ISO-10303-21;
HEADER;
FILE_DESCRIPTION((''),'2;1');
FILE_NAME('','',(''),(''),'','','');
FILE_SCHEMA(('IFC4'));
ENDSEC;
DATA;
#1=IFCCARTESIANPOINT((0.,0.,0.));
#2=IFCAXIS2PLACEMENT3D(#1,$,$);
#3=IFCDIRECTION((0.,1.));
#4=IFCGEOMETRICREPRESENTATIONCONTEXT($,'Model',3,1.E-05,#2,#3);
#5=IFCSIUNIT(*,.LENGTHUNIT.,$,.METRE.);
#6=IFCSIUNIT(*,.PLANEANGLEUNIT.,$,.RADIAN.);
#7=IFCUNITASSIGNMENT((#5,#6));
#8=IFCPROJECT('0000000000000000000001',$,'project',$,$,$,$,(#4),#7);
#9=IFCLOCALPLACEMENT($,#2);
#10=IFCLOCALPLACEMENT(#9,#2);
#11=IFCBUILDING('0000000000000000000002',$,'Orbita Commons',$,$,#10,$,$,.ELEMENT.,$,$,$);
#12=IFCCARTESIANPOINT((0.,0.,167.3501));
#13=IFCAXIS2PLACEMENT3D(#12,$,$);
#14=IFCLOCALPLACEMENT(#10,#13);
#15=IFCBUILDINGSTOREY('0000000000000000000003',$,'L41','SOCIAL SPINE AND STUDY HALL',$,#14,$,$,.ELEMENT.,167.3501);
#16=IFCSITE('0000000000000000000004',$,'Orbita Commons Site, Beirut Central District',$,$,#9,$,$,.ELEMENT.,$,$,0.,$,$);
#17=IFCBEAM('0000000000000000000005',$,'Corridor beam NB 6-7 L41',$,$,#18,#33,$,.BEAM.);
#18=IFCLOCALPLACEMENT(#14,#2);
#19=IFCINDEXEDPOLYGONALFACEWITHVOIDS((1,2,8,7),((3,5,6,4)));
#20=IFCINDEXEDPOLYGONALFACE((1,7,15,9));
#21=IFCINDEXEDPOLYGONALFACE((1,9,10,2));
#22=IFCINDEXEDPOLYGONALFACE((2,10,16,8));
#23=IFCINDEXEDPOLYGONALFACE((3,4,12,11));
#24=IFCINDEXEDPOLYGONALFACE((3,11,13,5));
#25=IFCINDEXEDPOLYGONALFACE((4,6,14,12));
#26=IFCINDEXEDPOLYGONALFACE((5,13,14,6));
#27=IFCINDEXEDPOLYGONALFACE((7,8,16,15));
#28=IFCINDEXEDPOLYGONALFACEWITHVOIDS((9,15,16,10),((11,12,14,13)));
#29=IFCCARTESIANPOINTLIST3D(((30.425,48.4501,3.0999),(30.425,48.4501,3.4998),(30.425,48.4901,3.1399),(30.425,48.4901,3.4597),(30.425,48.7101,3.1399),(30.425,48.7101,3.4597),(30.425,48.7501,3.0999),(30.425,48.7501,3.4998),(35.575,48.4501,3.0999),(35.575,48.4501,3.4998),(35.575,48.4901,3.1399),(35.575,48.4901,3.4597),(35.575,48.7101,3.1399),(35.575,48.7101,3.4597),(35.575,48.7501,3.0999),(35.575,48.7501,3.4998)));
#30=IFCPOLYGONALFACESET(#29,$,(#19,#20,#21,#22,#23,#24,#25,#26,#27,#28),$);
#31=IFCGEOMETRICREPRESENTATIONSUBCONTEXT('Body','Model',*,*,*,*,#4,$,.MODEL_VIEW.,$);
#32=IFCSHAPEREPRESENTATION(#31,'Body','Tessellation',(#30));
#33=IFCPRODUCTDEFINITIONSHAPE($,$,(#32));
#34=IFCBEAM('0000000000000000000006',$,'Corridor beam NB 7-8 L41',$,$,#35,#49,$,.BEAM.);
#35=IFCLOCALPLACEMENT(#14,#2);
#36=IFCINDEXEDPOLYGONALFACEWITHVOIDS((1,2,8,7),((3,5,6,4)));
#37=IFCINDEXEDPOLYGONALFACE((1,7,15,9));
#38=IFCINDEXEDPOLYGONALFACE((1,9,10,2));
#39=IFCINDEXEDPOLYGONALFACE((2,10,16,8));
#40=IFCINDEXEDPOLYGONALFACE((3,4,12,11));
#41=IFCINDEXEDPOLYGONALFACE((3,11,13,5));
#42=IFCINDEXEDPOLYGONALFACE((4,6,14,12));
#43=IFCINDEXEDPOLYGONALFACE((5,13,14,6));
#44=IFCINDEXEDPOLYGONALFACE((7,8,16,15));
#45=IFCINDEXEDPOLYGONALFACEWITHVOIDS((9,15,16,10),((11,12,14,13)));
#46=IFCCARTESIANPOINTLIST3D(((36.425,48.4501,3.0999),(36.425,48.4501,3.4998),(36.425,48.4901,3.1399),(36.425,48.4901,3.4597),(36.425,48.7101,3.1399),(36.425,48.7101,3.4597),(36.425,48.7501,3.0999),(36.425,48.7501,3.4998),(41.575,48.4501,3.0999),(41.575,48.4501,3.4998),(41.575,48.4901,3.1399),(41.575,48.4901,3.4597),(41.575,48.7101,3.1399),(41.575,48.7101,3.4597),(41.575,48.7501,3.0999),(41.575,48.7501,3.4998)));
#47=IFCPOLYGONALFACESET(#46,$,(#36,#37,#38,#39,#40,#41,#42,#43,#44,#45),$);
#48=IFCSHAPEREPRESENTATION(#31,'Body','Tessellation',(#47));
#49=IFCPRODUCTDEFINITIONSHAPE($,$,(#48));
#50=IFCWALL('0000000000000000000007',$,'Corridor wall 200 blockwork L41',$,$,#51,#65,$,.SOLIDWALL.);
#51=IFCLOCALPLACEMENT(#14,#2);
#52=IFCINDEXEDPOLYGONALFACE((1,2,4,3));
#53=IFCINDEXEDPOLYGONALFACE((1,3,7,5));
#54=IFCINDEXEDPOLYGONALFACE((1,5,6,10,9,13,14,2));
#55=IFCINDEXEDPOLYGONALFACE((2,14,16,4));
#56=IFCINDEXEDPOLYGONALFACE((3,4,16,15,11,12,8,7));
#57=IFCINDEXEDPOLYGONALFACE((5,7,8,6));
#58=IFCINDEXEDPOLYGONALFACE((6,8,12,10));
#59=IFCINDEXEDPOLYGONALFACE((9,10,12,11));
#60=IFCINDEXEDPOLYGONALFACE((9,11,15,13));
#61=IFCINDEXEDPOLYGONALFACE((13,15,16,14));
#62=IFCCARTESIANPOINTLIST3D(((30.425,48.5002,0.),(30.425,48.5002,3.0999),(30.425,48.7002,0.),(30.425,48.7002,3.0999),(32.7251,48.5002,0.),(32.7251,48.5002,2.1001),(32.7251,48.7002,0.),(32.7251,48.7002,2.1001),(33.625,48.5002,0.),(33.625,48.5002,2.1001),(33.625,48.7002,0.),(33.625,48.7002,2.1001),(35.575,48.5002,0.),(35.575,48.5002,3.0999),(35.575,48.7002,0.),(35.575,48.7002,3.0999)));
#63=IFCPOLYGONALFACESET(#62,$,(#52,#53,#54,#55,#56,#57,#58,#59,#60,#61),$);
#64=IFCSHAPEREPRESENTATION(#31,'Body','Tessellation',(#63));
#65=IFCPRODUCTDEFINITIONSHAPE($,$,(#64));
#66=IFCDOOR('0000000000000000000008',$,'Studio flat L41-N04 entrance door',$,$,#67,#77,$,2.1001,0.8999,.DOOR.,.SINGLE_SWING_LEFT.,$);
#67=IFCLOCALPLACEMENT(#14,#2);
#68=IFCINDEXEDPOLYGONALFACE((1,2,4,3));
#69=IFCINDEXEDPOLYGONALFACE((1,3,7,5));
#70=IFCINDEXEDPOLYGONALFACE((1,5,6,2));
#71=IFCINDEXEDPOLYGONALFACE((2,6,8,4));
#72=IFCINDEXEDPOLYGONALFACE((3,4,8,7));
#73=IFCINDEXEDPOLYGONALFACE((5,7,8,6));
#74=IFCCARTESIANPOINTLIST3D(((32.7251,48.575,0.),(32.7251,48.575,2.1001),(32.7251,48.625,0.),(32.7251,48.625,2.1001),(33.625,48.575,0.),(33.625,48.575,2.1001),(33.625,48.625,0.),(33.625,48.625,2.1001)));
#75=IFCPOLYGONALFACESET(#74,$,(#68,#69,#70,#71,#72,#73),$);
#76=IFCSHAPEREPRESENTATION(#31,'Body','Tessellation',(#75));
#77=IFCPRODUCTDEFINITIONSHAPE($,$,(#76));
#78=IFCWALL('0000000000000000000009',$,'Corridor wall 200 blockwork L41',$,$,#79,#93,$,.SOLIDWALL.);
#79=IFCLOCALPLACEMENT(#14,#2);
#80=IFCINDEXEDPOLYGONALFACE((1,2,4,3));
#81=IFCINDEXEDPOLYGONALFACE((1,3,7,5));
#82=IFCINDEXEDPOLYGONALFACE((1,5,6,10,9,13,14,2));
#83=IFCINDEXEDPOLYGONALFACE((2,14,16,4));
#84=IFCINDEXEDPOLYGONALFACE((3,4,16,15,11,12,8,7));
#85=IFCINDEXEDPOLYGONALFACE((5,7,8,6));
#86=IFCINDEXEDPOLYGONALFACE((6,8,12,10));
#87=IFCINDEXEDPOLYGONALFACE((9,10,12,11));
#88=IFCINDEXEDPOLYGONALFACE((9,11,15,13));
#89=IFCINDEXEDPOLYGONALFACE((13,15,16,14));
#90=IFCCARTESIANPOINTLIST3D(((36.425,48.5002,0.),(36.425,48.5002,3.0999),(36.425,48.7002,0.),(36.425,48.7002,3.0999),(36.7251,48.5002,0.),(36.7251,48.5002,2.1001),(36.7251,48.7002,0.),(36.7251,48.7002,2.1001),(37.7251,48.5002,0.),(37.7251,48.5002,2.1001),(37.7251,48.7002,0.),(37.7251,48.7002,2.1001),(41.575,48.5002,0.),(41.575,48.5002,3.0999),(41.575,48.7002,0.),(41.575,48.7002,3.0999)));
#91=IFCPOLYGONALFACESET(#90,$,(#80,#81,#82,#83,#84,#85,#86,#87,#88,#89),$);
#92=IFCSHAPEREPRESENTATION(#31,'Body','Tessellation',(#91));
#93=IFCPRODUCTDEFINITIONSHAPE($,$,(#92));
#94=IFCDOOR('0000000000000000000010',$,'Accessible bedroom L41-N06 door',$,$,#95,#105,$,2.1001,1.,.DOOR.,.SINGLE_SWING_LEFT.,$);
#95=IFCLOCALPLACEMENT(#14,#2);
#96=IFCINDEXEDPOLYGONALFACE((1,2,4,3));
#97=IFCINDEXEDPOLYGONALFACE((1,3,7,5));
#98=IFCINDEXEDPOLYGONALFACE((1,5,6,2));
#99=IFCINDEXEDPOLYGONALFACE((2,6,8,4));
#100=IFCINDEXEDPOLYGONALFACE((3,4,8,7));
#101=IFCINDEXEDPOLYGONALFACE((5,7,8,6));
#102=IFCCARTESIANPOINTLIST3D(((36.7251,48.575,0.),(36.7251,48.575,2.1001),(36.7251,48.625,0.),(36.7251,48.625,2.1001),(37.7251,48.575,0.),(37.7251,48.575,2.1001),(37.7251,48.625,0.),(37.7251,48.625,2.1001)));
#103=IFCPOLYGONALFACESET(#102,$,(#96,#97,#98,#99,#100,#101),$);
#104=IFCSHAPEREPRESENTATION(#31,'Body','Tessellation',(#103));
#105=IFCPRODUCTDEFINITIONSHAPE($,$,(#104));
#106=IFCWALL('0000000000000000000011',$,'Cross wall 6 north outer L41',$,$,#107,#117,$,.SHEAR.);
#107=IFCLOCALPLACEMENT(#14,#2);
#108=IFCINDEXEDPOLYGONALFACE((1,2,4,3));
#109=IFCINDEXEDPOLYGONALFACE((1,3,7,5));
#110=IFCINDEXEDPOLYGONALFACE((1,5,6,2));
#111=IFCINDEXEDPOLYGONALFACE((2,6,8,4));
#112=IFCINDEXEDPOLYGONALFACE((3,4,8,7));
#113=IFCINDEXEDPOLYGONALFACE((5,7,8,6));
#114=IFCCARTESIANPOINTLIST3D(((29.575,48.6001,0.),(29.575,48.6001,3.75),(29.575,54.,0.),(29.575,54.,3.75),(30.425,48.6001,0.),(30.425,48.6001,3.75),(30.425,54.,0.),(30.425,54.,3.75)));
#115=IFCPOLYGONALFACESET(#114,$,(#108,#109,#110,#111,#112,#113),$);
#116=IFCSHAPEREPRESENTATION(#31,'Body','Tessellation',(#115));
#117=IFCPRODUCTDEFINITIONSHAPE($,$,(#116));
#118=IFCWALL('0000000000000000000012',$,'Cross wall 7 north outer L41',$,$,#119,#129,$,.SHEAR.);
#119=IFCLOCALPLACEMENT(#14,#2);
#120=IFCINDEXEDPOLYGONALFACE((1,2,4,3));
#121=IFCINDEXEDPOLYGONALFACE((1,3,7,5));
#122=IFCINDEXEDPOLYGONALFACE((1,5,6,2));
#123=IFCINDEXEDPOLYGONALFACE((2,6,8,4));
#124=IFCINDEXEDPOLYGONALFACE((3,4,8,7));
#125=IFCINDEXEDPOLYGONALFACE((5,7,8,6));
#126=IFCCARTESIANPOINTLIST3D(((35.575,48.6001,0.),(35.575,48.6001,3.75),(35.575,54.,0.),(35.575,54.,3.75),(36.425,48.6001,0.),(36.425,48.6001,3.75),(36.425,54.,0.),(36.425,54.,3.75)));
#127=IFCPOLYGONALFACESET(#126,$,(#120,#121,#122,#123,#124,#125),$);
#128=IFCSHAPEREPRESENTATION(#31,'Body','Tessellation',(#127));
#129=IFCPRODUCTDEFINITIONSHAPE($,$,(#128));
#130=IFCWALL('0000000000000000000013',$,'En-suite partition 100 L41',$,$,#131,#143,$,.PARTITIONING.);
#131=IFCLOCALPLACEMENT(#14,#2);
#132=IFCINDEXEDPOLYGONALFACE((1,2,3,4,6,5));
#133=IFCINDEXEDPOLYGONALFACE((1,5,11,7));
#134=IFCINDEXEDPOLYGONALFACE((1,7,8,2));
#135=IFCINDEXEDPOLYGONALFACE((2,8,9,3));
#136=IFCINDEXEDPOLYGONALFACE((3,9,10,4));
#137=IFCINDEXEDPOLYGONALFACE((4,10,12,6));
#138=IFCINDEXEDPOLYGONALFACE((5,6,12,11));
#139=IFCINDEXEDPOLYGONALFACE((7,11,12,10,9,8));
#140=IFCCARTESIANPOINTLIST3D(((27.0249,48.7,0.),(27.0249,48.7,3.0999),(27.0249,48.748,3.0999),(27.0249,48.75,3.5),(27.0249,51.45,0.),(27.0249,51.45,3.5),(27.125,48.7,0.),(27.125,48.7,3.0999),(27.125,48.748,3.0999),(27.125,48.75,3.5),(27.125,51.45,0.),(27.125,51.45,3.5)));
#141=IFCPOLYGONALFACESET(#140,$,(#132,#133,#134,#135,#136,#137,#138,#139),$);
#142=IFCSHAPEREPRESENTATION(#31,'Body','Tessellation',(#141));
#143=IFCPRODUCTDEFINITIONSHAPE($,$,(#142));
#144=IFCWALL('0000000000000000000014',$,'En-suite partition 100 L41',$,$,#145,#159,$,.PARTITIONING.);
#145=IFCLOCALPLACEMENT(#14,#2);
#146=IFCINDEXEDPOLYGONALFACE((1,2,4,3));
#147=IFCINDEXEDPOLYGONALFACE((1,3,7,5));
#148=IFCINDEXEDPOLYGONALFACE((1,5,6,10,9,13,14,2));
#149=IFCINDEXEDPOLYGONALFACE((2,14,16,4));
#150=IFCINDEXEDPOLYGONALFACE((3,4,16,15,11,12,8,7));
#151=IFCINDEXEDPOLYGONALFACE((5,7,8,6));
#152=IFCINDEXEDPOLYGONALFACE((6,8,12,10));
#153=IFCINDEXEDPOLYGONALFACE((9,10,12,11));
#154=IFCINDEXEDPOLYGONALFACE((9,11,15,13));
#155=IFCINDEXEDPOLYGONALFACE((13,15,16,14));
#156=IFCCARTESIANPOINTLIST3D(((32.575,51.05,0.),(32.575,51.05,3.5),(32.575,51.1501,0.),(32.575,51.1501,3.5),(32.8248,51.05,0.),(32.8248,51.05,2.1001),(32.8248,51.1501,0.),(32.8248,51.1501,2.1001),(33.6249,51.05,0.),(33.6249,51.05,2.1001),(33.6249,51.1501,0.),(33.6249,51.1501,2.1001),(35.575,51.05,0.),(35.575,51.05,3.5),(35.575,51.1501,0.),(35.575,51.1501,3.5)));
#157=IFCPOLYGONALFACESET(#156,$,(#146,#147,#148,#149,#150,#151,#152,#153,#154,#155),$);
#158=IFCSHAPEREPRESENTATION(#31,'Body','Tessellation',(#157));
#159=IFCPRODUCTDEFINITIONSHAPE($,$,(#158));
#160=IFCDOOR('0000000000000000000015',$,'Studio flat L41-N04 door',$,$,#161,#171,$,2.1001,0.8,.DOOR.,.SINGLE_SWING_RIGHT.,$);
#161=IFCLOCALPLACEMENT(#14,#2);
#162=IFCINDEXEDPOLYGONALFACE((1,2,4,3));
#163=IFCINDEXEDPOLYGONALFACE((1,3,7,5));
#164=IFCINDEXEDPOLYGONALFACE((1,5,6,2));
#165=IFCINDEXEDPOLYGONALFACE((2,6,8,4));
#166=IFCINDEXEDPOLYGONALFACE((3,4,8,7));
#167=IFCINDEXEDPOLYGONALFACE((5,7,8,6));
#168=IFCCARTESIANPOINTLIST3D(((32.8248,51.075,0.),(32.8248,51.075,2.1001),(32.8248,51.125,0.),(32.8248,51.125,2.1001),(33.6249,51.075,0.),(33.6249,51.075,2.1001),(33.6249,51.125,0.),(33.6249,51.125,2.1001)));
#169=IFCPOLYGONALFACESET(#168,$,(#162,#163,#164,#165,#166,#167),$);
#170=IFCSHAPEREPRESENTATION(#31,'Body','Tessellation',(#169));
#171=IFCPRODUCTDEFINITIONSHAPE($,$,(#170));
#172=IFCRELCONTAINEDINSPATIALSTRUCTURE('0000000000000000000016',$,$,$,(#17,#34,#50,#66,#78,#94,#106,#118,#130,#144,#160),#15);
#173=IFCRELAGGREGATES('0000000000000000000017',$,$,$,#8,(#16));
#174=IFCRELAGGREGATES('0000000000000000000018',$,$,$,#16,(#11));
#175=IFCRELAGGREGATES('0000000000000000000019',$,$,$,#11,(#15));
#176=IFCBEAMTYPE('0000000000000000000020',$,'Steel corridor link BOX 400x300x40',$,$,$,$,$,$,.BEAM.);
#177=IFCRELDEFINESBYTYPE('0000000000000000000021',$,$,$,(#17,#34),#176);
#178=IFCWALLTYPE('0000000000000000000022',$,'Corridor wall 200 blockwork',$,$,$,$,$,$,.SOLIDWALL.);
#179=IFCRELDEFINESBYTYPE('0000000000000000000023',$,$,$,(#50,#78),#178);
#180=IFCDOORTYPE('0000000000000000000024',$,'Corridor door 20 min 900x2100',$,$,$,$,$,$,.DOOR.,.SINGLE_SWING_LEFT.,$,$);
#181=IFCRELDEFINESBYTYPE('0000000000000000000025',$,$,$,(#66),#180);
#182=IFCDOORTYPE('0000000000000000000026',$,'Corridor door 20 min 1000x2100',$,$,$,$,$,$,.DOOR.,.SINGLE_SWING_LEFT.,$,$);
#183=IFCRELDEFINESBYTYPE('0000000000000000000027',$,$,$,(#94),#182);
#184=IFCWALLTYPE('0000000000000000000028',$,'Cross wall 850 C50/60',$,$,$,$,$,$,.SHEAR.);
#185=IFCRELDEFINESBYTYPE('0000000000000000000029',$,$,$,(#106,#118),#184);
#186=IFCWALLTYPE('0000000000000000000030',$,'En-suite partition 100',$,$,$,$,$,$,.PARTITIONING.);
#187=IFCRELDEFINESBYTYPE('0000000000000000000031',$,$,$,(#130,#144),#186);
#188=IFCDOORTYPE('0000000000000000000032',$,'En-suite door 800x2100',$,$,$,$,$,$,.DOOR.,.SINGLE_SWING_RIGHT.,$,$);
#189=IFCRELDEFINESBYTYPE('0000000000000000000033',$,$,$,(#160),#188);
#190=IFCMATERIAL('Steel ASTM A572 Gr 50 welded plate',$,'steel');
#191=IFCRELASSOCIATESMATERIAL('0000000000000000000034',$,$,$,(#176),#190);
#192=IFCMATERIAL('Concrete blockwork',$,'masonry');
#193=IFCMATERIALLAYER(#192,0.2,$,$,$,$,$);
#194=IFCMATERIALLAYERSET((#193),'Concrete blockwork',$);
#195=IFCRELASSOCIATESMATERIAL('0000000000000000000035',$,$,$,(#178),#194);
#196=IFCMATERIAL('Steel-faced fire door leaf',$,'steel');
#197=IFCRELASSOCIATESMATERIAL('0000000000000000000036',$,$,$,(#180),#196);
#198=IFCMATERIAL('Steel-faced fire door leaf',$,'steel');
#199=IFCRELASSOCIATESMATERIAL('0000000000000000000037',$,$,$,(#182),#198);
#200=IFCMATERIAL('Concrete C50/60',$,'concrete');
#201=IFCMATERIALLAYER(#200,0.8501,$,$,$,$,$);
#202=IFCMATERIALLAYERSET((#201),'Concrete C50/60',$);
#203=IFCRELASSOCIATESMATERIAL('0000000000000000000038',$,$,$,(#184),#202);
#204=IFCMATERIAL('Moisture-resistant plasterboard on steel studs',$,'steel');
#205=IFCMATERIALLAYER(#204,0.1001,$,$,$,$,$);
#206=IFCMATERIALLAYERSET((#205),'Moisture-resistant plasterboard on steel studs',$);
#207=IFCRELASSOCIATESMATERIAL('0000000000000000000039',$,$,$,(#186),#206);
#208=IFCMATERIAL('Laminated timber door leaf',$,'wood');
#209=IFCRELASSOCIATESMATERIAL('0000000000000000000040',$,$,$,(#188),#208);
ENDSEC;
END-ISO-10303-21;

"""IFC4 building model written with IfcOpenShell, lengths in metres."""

from ifc_helpers import new_model, si_unit, direction, frame, frame_2d, origin, origin_2d, place, context, subcontext, project, spatial, polyline, rectangle, hollow_rectangle, outline, extrude, material, layer, layer_set, material_profile, profile_set, type_object, element, fill, save


model = new_model("IFC4")

# Units and contexts
model_context = context("Model", 3, precision=1e-05, world=origin(), true_north=direction((0.0, 1.0)))
body_context = subcontext(model_context, "Body", "Model", "MODEL_VIEW")
ifc_project = project(units=[si_unit("LENGTHUNIT", "METRE"), si_unit("PLANEANGLEUNIT", "RADIAN")], contexts=[model_context])

# Site, building, storey
site_placement = place(None, origin())
site = spatial("IfcSite", under=ifc_project, at=site_placement, Name="Orbita Commons Site, Beirut Central District", CompositionType="ELEMENT", RefElevation=0.0)
building_placement = place(site_placement, origin())
building = spatial("IfcBuilding", under=site, at=building_placement, Name="Orbita Commons", CompositionType="ELEMENT")
storey_placement = place(building_placement, frame((0.0, 0.0, 167.3501)))
storey = spatial("IfcBuildingStorey", under=building, at=storey_placement, Name="L41", Description="SOCIAL SPINE AND STUDY HALL", CompositionType="ELEMENT", Elevation=167.3501)

# Beams
ifc_material_1 = material(Name="Steel ASTM A572 Gr 50 welded plate", Category="steel")
ifc_material_profile = material_profile(ifc_material_1, hollow_rectangle(XDim=0.3, YDim=0.3999, WallThickness=0.04, at=origin_2d()), Name="BOX 400x300x40")
ifc_profile_set = profile_set([ifc_material_profile], Name="Steel ASTM A572 Gr 50 welded plate")
beam_type = type_object("IfcBeamType", Name="Steel corridor link BOX 400x300x40", PredefinedType="BEAM", material=ifc_profile_set)
for number, where, z_axis, x_axis, name in (
    (1, (30.425, 48.6001, 3.2998), (1.0, 0.0, 0.0), (0.0, 1.0, 0.0), "Corridor beam NB 6-7 L41"),
    (2, (36.425, 48.6001, 3.2998), (1.0, 0.0, 0.0), (0.0, 1.0, 0.0), "Corridor beam NB 7-8 L41"),
):
    element("IfcBeam", number, at=place(storey_placement, frame(where, z_axis=z_axis, x_axis=x_axis)), inside=storey, type_object=beam_type, Name=name, PredefinedType="BEAM", context=body_context, shape_type="SweptSolid", body=[
        extrude(hollow_rectangle(XDim=0.3, YDim=0.3999, WallThickness=0.04, at=origin_2d()), origin(), (0.0, 0.0, 1.0), 5.1499),
    ])

# Walls, openings, doors
ifc_material_2 = material(Name="Concrete blockwork", Category="masonry")
ifc_layer_1 = layer(ifc_material_2, 0.2)
ifc_layer_set_1 = layer_set([ifc_layer_1], Name="Concrete blockwork")
wall_type_1 = type_object("IfcWallType", Name="Corridor wall 200 blockwork", PredefinedType="SOLIDWALL", material=ifc_layer_set_1)
wall_1_placement = place(storey_placement, frame((30.425, 48.6001, 0.0), z_axis=(0.0, 0.0, 1.0), x_axis=(1.0, 0.0, 0.0)))
wall_1 = element("IfcWall", 3, at=wall_1_placement, inside=storey, type_object=wall_type_1, Name="Corridor wall 200 blockwork L41", PredefinedType="SOLIDWALL", context=body_context, shape_type="SweptSolid", body=[
    extrude(outline(polyline([(0.0, 0.0), (5.1499, 0.0), (5.1499, 3.0999), (0.0, 3.0999), (0.0, 0.0)])), frame((0.0, 0.1001, 0.0), z_axis=(0.0, -1.0, 0.0), x_axis=(1.0, 0.0, 0.0)), (0.0, 0.0, 1.0), 0.2),
])
opening_1_placement = place(wall_1_placement, frame((2.3, 0.0, 0.0)))
opening_1 = element("IfcOpeningElement", 4, at=opening_1_placement, cuts=wall_1, PredefinedType="OPENING", context=body_context, shape_type="SweptSolid", body=[
    extrude(rectangle(XDim=0.8999, YDim=2.1001, at=frame_2d((0.45, 1.05))), frame((0.0, 0.1099, 0.0), z_axis=(0.0, -1.0, 0.0), x_axis=(1.0, 0.0, 0.0)), (0.0, 0.0, 1.0), 0.22),
])
ifc_material_3 = material(Name="Steel-faced fire door leaf", Category="steel")
door_type_1 = type_object("IfcDoorType", Name="Corridor door 20 min 900x2100", OperationType="SINGLE_SWING_LEFT", PredefinedType="DOOR", material=ifc_material_3)
door_1_placement = place(opening_1_placement, origin())
door_1 = element("IfcDoor", 5, at=door_1_placement, inside=storey, type_object=door_type_1, Name="Studio flat L41-N04 entrance door", OperationType="SINGLE_SWING_LEFT", OverallHeight=2.1001, OverallWidth=0.8999, PredefinedType="DOOR", context=body_context, shape_type="SweptSolid", body=[
    extrude(rectangle(XDim=0.8999, YDim=2.1001, at=frame_2d((0.45, 1.05))), frame((0.0, 0.0249, 0.0), z_axis=(0.0, -1.0, 0.0), x_axis=(1.0, 0.0, 0.0)), (0.0, 0.0, 1.0), 0.05),
])
fill(opening_1, door_1)
wall_2_placement = place(storey_placement, frame((36.425, 48.6001, 0.0), z_axis=(0.0, 0.0, 1.0), x_axis=(1.0, 0.0, 0.0)))
wall_2 = element("IfcWall", 6, at=wall_2_placement, inside=storey, type_object=wall_type_1, Name="Corridor wall 200 blockwork L41", PredefinedType="SOLIDWALL", context=body_context, shape_type="SweptSolid", body=[
    extrude(outline(polyline([(0.0, 0.0), (5.1499, 0.0), (5.1499, 3.0999), (0.0, 3.0999), (0.0, 0.0)])), frame((0.0, 0.1001, 0.0), z_axis=(0.0, -1.0, 0.0), x_axis=(1.0, 0.0, 0.0)), (0.0, 0.0, 1.0), 0.2),
])
opening_2_placement = place(wall_2_placement, frame((0.3, 0.0, 0.0)))
opening_2 = element("IfcOpeningElement", 7, at=opening_2_placement, cuts=wall_2, PredefinedType="OPENING", context=body_context, shape_type="SweptSolid", body=[
    extrude(rectangle(XDim=1.0, YDim=2.1001, at=frame_2d((0.5, 1.05))), frame((0.0, 0.1099, 0.0), z_axis=(0.0, -1.0, 0.0), x_axis=(1.0, 0.0, 0.0)), (0.0, 0.0, 1.0), 0.22),
])
ifc_material_4 = material(Name="Steel-faced fire door leaf", Category="steel")
door_type_2 = type_object("IfcDoorType", Name="Corridor door 20 min 1000x2100", OperationType="SINGLE_SWING_LEFT", PredefinedType="DOOR", material=ifc_material_4)
door_2_placement = place(opening_2_placement, origin())
door_2 = element("IfcDoor", 8, at=door_2_placement, inside=storey, type_object=door_type_2, Name="Accessible bedroom L41-N06 door", OperationType="SINGLE_SWING_LEFT", OverallHeight=2.1001, OverallWidth=1.0, PredefinedType="DOOR", context=body_context, shape_type="SweptSolid", body=[
    extrude(rectangle(XDim=1.0, YDim=2.1001, at=frame_2d((0.5, 1.05))), frame((0.0, 0.0249, 0.0), z_axis=(0.0, -1.0, 0.0), x_axis=(1.0, 0.0, 0.0)), (0.0, 0.0, 1.0), 0.05),
])
fill(opening_2, door_2)

# Walls
ifc_material_5 = material(Name="Concrete C50/60", Category="concrete")
ifc_layer_2 = layer(ifc_material_5, 0.8501)
ifc_layer_set_2 = layer_set([ifc_layer_2], Name="Concrete C50/60")
wall_type_2 = type_object("IfcWallType", Name="Cross wall 850 C50/60", PredefinedType="SHEAR", material=ifc_layer_set_2)
for number, where, z_axis, x_axis, name in (
    (9, (30.0, 48.6001, 0.0), (0.0, 0.0, 1.0), (0.0, 1.0, 0.0), "Cross wall 6 north outer L41"),
    (10, (36.0, 48.6001, 0.0), (0.0, 0.0, 1.0), (0.0, 1.0, 0.0), "Cross wall 7 north outer L41"),
):
    element("IfcWall", number, at=place(storey_placement, frame(where, z_axis=z_axis, x_axis=x_axis)), inside=storey, type_object=wall_type_2, Name=name, PredefinedType="SHEAR", context=body_context, shape_type="SweptSolid", body=[
        extrude(rectangle(XDim=5.3999, YDim=0.8501, at=frame_2d((2.7, 0.0))), origin(), (0.0, 0.0, 1.0), 3.75),
    ])
ifc_material_6 = material(Name="Moisture-resistant plasterboard on steel studs", Category="steel")
ifc_layer_3 = layer(ifc_material_6, 0.1001)
ifc_layer_set_3 = layer_set([ifc_layer_3], Name="Moisture-resistant plasterboard on steel studs")
wall_type_3 = type_object("IfcWallType", Name="En-suite partition 100", PredefinedType="PARTITIONING", material=ifc_layer_set_3)
wall_3_placement = place(storey_placement, frame((27.075, 51.45, 0.0), z_axis=(0.0, 0.0, 1.0), x_axis=(0.0, -1.0, 0.0)))
element("IfcWall", 11, at=wall_3_placement, inside=storey, type_object=wall_type_3, Name="En-suite partition 100 L41", PredefinedType="PARTITIONING", context=body_context, shape_type="SweptSolid", body=[
    extrude(outline(polyline([(0.0, 0.0), (2.75, 0.0), (2.75, 3.0999), (2.7019, 3.0999), (2.7, 3.5), (0.0, 3.5), (0.0, 0.0)])), frame((0.0, 0.05, 0.0), z_axis=(0.0, -1.0, 0.0), x_axis=(1.0, 0.0, 0.0)), (0.0, 0.0, 1.0), 0.1001),
])

# Wall, opening, door
wall_4_placement = place(storey_placement, frame((32.575, 51.1001, 0.0), z_axis=(0.0, 0.0, 1.0), x_axis=(1.0, 0.0, 0.0)))
wall_4 = element("IfcWall", 12, at=wall_4_placement, inside=storey, type_object=wall_type_3, Name="En-suite partition 100 L41", PredefinedType="PARTITIONING", context=body_context, shape_type="SweptSolid", body=[
    extrude(rectangle(XDim=3.0, YDim=0.1001, at=frame_2d((1.5, 0.0))), origin(), (0.0, 0.0, 1.0), 3.5),
])
opening_3_placement = place(wall_4_placement, frame((0.25, 0.0, 0.0)))
opening_3 = element("IfcOpeningElement", 13, at=opening_3_placement, cuts=wall_4, PredefinedType="OPENING", context=body_context, shape_type="SweptSolid", body=[
    extrude(rectangle(XDim=0.8, YDim=2.1001, at=frame_2d((0.3999, 1.05))), frame((0.0, 0.0601, 0.0), z_axis=(0.0, -1.0, 0.0), x_axis=(1.0, 0.0, 0.0)), (0.0, 0.0, 1.0), 0.1201),
])
ifc_material_7 = material(Name="Laminated timber door leaf", Category="wood")
door_type_3 = type_object("IfcDoorType", Name="En-suite door 800x2100", OperationType="SINGLE_SWING_RIGHT", PredefinedType="DOOR", material=ifc_material_7)
door_3_placement = place(opening_3_placement, origin())
door_3 = element("IfcDoor", 14, at=door_3_placement, inside=storey, type_object=door_type_3, Name="Studio flat L41-N04 door", OperationType="SINGLE_SWING_RIGHT", OverallHeight=2.1001, OverallWidth=0.8, PredefinedType="DOOR", context=body_context, shape_type="SweptSolid", body=[
    extrude(rectangle(XDim=0.8, YDim=2.1001, at=frame_2d((0.3999, 1.05))), frame((0.0, 0.0249, 0.0), z_axis=(0.0, -1.0, 0.0), x_axis=(1.0, 0.0, 0.0)), (0.0, 0.0, 1.0), 0.05),
])
fill(opening_3, door_3)

save(model, "model.ifc")
